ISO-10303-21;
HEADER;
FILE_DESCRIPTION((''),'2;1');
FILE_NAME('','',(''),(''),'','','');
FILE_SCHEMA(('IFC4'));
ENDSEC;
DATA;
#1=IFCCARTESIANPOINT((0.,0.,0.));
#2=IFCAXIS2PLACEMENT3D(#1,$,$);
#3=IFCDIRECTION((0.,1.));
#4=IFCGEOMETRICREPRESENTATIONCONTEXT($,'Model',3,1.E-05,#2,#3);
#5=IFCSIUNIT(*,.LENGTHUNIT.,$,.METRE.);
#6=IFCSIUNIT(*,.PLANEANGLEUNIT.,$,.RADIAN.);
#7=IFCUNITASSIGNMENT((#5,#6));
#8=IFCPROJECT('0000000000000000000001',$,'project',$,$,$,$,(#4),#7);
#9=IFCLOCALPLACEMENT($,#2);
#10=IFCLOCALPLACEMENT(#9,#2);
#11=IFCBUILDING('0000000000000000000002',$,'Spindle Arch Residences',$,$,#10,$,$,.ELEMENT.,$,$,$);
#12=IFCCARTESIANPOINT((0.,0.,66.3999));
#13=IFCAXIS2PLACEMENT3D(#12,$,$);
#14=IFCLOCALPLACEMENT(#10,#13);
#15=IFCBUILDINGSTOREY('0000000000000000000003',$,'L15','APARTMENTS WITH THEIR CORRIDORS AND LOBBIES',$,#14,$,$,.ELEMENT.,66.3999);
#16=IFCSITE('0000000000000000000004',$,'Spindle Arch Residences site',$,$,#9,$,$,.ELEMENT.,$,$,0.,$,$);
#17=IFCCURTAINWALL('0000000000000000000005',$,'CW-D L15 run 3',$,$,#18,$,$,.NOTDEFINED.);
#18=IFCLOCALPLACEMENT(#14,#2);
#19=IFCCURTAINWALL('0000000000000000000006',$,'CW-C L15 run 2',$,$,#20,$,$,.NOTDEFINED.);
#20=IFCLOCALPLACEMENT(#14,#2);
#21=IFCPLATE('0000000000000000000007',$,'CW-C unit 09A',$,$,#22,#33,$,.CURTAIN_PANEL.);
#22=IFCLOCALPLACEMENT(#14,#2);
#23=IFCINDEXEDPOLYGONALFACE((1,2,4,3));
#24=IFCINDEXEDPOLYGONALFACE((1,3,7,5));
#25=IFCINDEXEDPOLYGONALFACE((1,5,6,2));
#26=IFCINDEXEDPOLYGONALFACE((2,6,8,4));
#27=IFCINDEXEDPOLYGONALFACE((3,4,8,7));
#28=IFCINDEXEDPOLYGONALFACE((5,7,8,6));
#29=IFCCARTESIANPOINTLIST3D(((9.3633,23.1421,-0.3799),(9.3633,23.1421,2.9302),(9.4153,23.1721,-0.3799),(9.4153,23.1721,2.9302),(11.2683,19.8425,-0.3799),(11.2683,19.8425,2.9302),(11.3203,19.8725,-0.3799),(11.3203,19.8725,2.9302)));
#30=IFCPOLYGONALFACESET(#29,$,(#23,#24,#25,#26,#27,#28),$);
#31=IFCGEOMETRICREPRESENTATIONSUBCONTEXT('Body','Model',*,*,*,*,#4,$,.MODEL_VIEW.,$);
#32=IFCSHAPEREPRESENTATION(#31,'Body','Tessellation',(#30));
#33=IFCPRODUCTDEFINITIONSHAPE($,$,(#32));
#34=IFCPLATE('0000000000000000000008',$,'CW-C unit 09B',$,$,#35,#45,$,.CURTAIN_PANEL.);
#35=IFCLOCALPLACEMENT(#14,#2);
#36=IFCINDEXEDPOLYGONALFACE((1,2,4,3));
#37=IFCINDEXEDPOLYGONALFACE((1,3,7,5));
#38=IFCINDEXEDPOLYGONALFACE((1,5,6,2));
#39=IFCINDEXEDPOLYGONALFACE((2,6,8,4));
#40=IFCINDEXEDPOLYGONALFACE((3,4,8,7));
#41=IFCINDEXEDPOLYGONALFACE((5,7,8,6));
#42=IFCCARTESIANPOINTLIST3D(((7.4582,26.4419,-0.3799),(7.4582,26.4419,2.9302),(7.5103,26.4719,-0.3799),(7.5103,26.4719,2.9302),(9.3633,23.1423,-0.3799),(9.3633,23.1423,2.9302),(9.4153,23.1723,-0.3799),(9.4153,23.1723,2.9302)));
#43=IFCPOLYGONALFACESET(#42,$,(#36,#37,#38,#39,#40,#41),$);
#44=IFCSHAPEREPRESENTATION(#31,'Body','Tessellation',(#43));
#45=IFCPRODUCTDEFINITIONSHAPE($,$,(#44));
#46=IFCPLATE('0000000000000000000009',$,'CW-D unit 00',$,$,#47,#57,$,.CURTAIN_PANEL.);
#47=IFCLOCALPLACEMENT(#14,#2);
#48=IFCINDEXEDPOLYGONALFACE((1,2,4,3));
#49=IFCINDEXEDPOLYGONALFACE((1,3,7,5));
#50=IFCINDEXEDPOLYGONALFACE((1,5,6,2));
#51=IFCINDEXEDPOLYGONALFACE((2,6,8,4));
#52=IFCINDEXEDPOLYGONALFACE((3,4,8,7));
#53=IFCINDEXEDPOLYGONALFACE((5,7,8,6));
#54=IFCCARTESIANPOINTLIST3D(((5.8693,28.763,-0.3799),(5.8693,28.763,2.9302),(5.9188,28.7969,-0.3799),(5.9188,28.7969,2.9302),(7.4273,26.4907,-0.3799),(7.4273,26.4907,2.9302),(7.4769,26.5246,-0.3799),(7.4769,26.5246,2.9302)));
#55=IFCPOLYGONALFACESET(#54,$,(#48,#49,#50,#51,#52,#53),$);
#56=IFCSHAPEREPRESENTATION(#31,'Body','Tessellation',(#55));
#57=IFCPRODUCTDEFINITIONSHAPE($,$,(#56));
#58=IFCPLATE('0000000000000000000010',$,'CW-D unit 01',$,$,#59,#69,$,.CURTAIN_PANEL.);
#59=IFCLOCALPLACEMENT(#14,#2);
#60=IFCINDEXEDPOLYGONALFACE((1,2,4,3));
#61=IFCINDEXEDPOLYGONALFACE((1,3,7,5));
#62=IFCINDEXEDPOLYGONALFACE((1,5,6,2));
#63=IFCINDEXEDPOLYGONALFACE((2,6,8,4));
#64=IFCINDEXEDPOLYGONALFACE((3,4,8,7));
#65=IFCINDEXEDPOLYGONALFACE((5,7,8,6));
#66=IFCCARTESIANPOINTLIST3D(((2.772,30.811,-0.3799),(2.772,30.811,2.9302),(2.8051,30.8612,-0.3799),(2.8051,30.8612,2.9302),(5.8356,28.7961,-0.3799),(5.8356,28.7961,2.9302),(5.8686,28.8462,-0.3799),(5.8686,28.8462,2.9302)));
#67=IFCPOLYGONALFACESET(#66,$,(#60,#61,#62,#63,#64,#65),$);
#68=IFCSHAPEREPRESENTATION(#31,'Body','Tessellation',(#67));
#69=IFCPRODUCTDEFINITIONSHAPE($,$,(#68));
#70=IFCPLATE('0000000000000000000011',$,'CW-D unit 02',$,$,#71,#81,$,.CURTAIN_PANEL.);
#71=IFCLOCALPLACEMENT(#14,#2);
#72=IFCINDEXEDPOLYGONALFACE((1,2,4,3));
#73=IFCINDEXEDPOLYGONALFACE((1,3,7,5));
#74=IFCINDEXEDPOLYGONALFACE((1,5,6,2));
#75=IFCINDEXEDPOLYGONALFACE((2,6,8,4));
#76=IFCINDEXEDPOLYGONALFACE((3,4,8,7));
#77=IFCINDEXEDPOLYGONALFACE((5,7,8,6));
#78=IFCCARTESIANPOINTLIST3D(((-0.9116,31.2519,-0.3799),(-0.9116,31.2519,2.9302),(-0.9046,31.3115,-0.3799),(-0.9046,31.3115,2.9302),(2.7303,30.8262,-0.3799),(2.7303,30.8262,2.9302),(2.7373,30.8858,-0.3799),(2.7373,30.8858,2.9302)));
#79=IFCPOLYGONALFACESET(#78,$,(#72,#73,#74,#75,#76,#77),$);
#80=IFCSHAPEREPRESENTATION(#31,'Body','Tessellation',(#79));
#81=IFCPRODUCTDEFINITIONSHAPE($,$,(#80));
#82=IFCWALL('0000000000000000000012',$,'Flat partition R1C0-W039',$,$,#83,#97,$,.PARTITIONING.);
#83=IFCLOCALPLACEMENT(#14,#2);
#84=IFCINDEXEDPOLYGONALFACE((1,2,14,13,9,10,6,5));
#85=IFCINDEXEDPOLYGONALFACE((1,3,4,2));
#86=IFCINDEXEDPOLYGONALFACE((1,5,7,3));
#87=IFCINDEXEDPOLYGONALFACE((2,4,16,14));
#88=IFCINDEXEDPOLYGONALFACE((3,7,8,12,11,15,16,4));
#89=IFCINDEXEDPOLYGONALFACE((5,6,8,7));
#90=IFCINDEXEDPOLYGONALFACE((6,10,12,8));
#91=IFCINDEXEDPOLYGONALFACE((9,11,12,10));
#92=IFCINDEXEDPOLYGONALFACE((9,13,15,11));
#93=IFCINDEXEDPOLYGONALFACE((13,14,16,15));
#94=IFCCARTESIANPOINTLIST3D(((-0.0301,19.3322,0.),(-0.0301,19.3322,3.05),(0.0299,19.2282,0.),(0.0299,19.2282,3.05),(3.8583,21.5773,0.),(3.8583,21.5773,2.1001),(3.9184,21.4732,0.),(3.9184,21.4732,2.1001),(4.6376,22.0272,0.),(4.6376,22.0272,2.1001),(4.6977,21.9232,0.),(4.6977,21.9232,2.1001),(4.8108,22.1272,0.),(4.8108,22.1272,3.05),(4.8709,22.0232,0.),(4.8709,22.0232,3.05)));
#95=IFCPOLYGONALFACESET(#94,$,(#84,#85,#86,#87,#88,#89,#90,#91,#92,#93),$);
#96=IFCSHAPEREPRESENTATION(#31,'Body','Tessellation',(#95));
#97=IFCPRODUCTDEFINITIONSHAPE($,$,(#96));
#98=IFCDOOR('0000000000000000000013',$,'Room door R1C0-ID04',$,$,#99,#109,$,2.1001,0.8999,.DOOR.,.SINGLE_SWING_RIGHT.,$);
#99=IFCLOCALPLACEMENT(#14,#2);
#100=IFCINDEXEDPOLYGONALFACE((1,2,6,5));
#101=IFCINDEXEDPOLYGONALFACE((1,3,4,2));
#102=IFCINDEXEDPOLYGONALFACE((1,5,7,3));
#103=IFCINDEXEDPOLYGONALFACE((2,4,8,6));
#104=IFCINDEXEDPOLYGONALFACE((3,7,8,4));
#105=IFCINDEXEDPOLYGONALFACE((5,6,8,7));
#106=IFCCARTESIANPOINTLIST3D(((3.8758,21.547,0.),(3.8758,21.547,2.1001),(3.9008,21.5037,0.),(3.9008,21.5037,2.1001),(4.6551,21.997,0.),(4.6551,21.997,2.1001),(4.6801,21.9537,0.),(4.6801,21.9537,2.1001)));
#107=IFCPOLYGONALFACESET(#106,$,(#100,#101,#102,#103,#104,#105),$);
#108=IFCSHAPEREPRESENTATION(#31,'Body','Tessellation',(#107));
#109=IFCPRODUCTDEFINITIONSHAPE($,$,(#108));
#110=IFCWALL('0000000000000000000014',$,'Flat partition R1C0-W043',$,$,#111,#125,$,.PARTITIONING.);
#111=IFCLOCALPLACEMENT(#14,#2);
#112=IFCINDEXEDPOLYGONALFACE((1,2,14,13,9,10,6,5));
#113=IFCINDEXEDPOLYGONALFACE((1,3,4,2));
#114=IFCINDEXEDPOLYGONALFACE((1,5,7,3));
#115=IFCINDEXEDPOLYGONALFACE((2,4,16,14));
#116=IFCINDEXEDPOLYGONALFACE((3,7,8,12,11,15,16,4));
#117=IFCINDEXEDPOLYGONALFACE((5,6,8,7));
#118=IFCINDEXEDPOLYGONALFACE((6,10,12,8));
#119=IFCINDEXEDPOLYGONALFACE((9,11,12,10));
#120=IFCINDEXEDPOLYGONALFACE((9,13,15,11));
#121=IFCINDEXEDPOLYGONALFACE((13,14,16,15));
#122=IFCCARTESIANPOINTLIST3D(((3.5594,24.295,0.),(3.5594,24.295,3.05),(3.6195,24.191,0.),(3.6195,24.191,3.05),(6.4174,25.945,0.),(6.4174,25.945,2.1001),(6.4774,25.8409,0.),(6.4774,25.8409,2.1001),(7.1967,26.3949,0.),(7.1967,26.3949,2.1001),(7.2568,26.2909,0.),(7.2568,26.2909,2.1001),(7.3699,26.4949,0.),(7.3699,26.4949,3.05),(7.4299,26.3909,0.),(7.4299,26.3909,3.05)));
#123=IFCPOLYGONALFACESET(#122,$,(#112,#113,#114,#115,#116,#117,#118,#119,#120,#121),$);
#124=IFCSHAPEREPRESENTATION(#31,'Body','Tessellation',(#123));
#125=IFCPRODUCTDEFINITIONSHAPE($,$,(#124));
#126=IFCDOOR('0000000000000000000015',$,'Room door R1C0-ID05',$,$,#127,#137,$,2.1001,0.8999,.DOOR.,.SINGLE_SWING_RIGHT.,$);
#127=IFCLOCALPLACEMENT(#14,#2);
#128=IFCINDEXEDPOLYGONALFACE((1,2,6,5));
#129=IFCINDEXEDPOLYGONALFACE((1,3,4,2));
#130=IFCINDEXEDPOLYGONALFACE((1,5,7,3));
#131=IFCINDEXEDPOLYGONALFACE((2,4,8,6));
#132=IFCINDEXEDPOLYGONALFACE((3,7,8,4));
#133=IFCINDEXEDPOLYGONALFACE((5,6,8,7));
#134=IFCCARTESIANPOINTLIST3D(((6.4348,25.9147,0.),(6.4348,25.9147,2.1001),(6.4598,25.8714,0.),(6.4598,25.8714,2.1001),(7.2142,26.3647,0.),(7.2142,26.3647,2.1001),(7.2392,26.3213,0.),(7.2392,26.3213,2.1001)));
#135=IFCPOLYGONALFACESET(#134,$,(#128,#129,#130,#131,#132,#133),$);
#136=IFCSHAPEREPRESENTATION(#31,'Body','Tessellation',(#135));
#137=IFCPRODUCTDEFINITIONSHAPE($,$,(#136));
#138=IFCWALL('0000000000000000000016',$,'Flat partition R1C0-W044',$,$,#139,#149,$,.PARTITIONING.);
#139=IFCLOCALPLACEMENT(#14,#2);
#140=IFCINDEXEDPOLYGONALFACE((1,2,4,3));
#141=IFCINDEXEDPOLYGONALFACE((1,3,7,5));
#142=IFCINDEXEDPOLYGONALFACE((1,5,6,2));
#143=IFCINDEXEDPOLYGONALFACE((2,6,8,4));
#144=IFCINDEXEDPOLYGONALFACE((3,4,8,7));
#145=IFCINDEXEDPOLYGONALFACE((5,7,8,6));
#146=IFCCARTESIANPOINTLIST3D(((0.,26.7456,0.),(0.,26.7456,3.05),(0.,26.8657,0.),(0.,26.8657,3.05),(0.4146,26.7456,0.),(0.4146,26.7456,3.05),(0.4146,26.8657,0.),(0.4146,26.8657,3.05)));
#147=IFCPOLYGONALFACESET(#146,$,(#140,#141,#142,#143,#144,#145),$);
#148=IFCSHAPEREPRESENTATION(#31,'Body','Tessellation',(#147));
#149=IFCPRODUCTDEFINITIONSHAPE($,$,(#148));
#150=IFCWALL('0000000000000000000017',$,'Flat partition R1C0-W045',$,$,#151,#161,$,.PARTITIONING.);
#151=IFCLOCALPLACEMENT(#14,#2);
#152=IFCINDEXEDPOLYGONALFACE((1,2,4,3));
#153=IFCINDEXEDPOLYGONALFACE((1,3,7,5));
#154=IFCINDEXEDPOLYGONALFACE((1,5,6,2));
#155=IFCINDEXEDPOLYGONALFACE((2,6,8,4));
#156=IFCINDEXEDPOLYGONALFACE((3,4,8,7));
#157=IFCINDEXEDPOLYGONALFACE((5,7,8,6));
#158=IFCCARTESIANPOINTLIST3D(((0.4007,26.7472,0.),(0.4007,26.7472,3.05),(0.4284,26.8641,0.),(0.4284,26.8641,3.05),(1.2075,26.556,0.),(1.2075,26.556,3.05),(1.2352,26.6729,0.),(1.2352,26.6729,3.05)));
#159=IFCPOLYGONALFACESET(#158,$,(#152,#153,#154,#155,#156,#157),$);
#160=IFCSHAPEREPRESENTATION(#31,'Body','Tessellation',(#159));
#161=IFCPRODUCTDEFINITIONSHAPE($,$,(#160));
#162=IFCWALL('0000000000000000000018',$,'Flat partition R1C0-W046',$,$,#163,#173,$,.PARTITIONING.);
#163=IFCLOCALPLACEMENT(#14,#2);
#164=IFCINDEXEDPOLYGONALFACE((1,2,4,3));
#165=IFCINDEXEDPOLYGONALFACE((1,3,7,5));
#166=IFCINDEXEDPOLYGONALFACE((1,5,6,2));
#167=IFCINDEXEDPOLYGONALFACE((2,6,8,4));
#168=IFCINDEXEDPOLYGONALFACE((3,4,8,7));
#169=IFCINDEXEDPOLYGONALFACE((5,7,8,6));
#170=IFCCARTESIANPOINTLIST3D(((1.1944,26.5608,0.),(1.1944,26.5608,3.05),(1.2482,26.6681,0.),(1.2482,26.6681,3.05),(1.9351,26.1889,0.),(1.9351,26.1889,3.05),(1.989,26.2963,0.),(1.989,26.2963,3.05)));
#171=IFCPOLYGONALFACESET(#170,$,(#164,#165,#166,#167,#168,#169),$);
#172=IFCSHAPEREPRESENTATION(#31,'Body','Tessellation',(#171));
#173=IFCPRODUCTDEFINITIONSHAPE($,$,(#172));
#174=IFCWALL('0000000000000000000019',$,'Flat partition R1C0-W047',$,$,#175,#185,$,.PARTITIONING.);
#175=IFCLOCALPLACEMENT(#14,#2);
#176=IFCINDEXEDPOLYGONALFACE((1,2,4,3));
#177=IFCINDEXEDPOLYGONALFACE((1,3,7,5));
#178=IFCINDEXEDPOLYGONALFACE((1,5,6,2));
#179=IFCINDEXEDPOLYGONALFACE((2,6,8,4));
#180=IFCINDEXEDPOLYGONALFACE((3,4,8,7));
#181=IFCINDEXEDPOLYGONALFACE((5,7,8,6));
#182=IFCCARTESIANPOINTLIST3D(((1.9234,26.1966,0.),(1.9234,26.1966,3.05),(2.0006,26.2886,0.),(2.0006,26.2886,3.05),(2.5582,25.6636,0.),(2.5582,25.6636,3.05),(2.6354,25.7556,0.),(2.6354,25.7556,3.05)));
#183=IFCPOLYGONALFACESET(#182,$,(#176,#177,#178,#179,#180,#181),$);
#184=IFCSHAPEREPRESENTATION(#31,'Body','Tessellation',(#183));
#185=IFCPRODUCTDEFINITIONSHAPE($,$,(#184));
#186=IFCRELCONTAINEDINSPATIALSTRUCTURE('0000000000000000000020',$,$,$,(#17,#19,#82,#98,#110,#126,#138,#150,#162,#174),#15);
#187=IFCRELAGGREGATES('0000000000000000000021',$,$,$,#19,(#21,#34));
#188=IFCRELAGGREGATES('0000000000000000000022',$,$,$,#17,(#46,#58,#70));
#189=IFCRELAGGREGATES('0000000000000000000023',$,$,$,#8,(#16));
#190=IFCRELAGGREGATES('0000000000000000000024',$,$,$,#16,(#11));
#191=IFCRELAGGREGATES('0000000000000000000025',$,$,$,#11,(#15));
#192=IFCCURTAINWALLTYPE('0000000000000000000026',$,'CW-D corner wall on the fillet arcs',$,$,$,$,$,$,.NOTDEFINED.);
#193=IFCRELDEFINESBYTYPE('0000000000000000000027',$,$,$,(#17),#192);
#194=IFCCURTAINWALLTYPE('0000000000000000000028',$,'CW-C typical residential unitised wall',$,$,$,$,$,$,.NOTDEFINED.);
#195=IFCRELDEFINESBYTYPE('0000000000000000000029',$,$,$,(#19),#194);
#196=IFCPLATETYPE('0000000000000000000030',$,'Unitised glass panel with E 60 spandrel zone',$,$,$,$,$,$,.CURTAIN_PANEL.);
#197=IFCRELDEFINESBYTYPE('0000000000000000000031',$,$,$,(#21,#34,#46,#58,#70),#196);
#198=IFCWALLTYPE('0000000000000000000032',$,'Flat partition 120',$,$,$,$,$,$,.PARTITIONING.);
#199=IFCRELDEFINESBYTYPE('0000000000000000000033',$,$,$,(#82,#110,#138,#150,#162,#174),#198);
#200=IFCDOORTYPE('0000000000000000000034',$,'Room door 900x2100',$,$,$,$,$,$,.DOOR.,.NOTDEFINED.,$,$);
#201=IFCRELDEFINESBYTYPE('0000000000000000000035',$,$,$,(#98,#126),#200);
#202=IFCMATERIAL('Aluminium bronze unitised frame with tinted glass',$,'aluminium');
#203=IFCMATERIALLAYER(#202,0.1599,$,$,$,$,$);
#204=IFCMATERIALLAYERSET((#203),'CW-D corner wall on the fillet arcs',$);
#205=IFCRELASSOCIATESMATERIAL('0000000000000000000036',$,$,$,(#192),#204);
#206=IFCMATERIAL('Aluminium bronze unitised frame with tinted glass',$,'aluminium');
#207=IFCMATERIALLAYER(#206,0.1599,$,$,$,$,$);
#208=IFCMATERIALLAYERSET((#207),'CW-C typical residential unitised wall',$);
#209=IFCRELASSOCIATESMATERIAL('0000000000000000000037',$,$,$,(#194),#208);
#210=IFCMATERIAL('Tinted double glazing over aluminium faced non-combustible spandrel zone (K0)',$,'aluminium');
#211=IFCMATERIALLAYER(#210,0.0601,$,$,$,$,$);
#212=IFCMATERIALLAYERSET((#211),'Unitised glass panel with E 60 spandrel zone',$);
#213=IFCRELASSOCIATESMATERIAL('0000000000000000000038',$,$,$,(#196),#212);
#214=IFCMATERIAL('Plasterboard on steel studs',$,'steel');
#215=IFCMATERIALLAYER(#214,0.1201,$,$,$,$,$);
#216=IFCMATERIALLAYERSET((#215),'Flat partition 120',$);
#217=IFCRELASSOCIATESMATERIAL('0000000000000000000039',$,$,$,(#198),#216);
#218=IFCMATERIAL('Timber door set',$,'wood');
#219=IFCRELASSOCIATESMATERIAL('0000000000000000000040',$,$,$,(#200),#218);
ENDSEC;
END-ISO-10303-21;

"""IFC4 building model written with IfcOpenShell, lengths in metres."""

from ifc_helpers import new_model, si_unit, direction, frame, frame_2d, origin, origin_2d, place, context, subcontext, project, spatial, rectangle, extrude, material, layer, layer_set, type_object, element, fill, aggregate, save


model = new_model("IFC4")

# Units and contexts
model_context = context("Model", 3, precision=1e-05, world=origin(), true_north=direction((0.0, 1.0)))
body_context = subcontext(model_context, "Body", "Model", "MODEL_VIEW")
ifc_project = project(units=[si_unit("LENGTHUNIT", "METRE"), si_unit("PLANEANGLEUNIT", "RADIAN")], contexts=[model_context])

# Site, building, storey
site_placement = place(None, origin())
site = spatial("IfcSite", under=ifc_project, at=site_placement, Name="Spindle Arch Residences site", CompositionType="ELEMENT", RefElevation=0.0)
building_placement = place(site_placement, origin())
building = spatial("IfcBuilding", under=site, at=building_placement, Name="Spindle Arch Residences", CompositionType="ELEMENT")
storey_placement = place(building_placement, frame((0.0, 0.0, 66.3999)))
storey = spatial("IfcBuildingStorey", under=building, at=storey_placement, Name="L15", Description="APARTMENTS WITH THEIR CORRIDORS AND LOBBIES", CompositionType="ELEMENT", Elevation=66.3999)

# Curtain wall
ifc_material_1 = material(Name="Aluminium bronze unitised frame with tinted glass", Category="aluminium")
ifc_layer_1 = layer(ifc_material_1, 0.1599)
ifc_layer_set_1 = layer_set([ifc_layer_1], Name="CW-D corner wall on the fillet arcs")
curtain_wall_type_1 = type_object("IfcCurtainWallType", Name="CW-D corner wall on the fillet arcs", PredefinedType="NOTDEFINED", material=ifc_layer_set_1)
curtain_wall_1_placement = place(storey_placement, origin())
curtain_wall_1 = element("IfcCurtainWall", 1, at=curtain_wall_1_placement, inside=storey, type_object=curtain_wall_type_1, Name="CW-D L15 run 3", PredefinedType="NOTDEFINED")

# Curtain wall, plates
ifc_material_2 = material(Name="Aluminium bronze unitised frame with tinted glass", Category="aluminium")
ifc_layer_2 = layer(ifc_material_2, 0.1599)
ifc_layer_set_2 = layer_set([ifc_layer_2], Name="CW-C typical residential unitised wall")
curtain_wall_type_2 = type_object("IfcCurtainWallType", Name="CW-C typical residential unitised wall", PredefinedType="NOTDEFINED", material=ifc_layer_set_2)
curtain_wall_2_placement = place(storey_placement, origin())
curtain_wall_2 = element("IfcCurtainWall", 2, at=curtain_wall_2_placement, inside=storey, type_object=curtain_wall_type_2, Name="CW-C L15 run 2", PredefinedType="NOTDEFINED")
ifc_material_3 = material(Name="Tinted double glazing over aluminium faced non-combustible spandrel zone (K0)", Category="aluminium")
ifc_layer_3 = layer(ifc_material_3, 0.0601)
ifc_layer_set_3 = layer_set([ifc_layer_3], Name="Unitised glass panel with E 60 spandrel zone")
plate_type = type_object("IfcPlateType", Name="Unitised glass panel with E 60 spandrel zone", PredefinedType="CURTAIN_PANEL", material=ifc_layer_set_3)
plate_1_placement = place(storey_placement, frame((10.3418, 21.5073, -0.3799), z_axis=(0.0, 0.0, 1.0), x_axis=(-0.5, 0.866025, 0.0)))
plate_1 = element("IfcPlate", 3, at=plate_1_placement, type_object=plate_type, Name="CW-C unit 09A", PredefinedType="CURTAIN_PANEL", context=body_context, shape_type="SweptSolid", body=[
    extrude(rectangle(XDim=3.8101, YDim=0.0601, at=origin_2d()), origin(), (0.0, 0.0, 1.0), 3.3101),
])
plate_2_placement = place(storey_placement, frame((8.4368, 24.8071, -0.3799), z_axis=(0.0, 0.0, 1.0), x_axis=(-0.5, 0.866025, 0.0)))
plate_2 = element("IfcPlate", 4, at=plate_2_placement, type_object=plate_type, Name="CW-C unit 09B", PredefinedType="CURTAIN_PANEL", context=body_context, shape_type="SweptSolid", body=[
    extrude(rectangle(XDim=3.8101, YDim=0.0601, at=origin_2d()), origin(), (0.0, 0.0, 1.0), 3.3101),
])
aggregate(curtain_wall_2, [plate_1, plate_2])

# Plates
plate_3_placement = place(storey_placement, frame((6.6731, 27.6438, -0.3799), z_axis=(0.0, 0.0, 1.0), x_axis=(-0.565501, 0.824748, 0.0)))
plate_3 = element("IfcPlate", 5, at=plate_3_placement, type_object=plate_type, Name="CW-D unit 00", PredefinedType="CURTAIN_PANEL", context=body_context, shape_type="SweptSolid", body=[
    extrude(rectangle(XDim=2.7551, YDim=0.0601, at=origin_2d()), origin(), (0.0, 0.0, 1.0), 3.3101),
])
plate_4_placement = place(storey_placement, frame((4.3203, 29.8286, -0.3799), z_axis=(0.0, 0.0, 1.0), x_axis=(-0.835488, 0.549509, 0.0)))
plate_4 = element("IfcPlate", 6, at=plate_4_placement, type_object=plate_type, Name="CW-D unit 01", PredefinedType="CURTAIN_PANEL", context=body_context, shape_type="SweptSolid", body=[
    extrude(rectangle(XDim=3.6667, YDim=0.0601, at=origin_2d()), origin(), (0.0, 0.0, 1.0), 3.3101),
])
plate_5_placement = place(storey_placement, frame((0.9128, 31.0688, -0.3799), z_axis=(0.0, 0.0, 1.0), x_axis=(-0.993238, 0.116093, 0.0)))
plate_5 = element("IfcPlate", 7, at=plate_5_placement, type_object=plate_type, Name="CW-D unit 02", PredefinedType="CURTAIN_PANEL", context=body_context, shape_type="SweptSolid", body=[
    extrude(rectangle(XDim=3.6667, YDim=0.0601, at=origin_2d()), origin(), (0.0, 0.0, 1.0), 3.3101),
])
aggregate(curtain_wall_1, [plate_3, plate_4, plate_5])

# Walls, openings, doors
ifc_material_4 = material(Name="Plasterboard on steel studs", Category="steel")
ifc_layer_4 = layer(ifc_material_4, 0.1201)
ifc_layer_set_4 = layer_set([ifc_layer_4], Name="Flat partition 120")
wall_type_1 = type_object("IfcWallType", Name="Flat partition 120", PredefinedType="PARTITIONING", material=ifc_layer_set_4)
wall_1_placement = place(storey_placement, frame((4.8408, 22.0752, 0.0), z_axis=(0.0, 0.0, 1.0), x_axis=(-0.86602, -0.50001, 0.0)))
wall_1 = element("IfcWall", 8, at=wall_1_placement, inside=storey, type_object=wall_type_1, Name="Flat partition R1C0-W039", PredefinedType="PARTITIONING", context=body_context, shape_type="SweptSolid", body=[
    extrude(rectangle(XDim=5.5898, YDim=0.1201, at=frame_2d((2.7949, 0.0))), origin(), (0.0, 0.0, 1.0), 3.05),
])
opening_1_placement = place(wall_1_placement, frame((0.2, 0.0, 0.0)))
opening_1 = element("IfcOpeningElement", 9, at=opening_1_placement, cuts=wall_1, PredefinedType="OPENING", context=body_context, shape_type="SweptSolid", body=[
    extrude(rectangle(XDim=0.8999, YDim=2.1001, at=frame_2d((0.45, 1.05))), frame((0.0, 0.0701, 0.0), z_axis=(0.0, -1.0, 0.0), x_axis=(1.0, 0.0, 0.0)), (0.0, 0.0, 1.0), 0.1401),
])
ifc_material_5 = material(Name="Timber door set", Category="wood")
door_type = type_object("IfcDoorType", Name="Room door 900x2100", OperationType="NOTDEFINED", PredefinedType="DOOR", material=ifc_material_5)
door_1_placement = place(opening_1_placement, origin())
door_1 = element("IfcDoor", 10, at=door_1_placement, inside=storey, type_object=door_type, Name="Room door R1C0-ID04", OperationType="SINGLE_SWING_RIGHT", OverallHeight=2.1001, OverallWidth=0.8999, PredefinedType="DOOR", context=body_context, shape_type="SweptSolid", body=[
    extrude(rectangle(XDim=0.8999, YDim=2.1001, at=frame_2d((0.45, 1.05))), frame((0.0, 0.0249, 0.0), z_axis=(0.0, -1.0, 0.0), x_axis=(1.0, 0.0, 0.0)), (0.0, 0.0, 1.0), 0.05),
])
fill(opening_1, door_1)
wall_2_placement = place(storey_placement, frame((7.3999, 26.4429, 0.0), z_axis=(0.0, 0.0, 1.0), x_axis=(-0.866032, -0.499988, 0.0)))
wall_2 = element("IfcWall", 11, at=wall_2_placement, inside=storey, type_object=wall_type_1, Name="Flat partition R1C0-W043", PredefinedType="PARTITIONING", context=body_context, shape_type="SweptSolid", body=[
    extrude(rectangle(XDim=4.3999, YDim=0.1201, at=frame_2d((2.2, 0.0))), origin(), (0.0, 0.0, 1.0), 3.05),
])
opening_2_placement = place(wall_2_placement, frame((0.2, 0.0, 0.0)))
opening_2 = element("IfcOpeningElement", 12, at=opening_2_placement, cuts=wall_2, PredefinedType="OPENING", context=body_context, shape_type="SweptSolid", body=[
    extrude(rectangle(XDim=0.8999, YDim=2.1001, at=frame_2d((0.45, 1.05))), frame((0.0, 0.0701, 0.0), z_axis=(0.0, -1.0, 0.0), x_axis=(1.0, 0.0, 0.0)), (0.0, 0.0, 1.0), 0.1401),
])
door_2_placement = place(opening_2_placement, origin())
door_2 = element("IfcDoor", 13, at=door_2_placement, inside=storey, type_object=door_type, Name="Room door R1C0-ID05", OperationType="SINGLE_SWING_RIGHT", OverallHeight=2.1001, OverallWidth=0.8999, PredefinedType="DOOR", context=body_context, shape_type="SweptSolid", body=[
    extrude(rectangle(XDim=0.8999, YDim=2.1001, at=frame_2d((0.45, 1.05))), frame((0.0, 0.0249, 0.0), z_axis=(0.0, -1.0, 0.0), x_axis=(1.0, 0.0, 0.0)), (0.0, 0.0, 1.0), 0.05),
])
fill(opening_2, door_2)

# Walls
wall_3_placement = place(storey_placement, frame((0.0, 26.8057, 0.0), z_axis=(0.0, 0.0, 1.0), x_axis=(1.0, 0.0, 0.0)))
element("IfcWall", 14, at=wall_3_placement, inside=storey, type_object=wall_type_1, Name="Flat partition R1C0-W044", PredefinedType="PARTITIONING", context=body_context, shape_type="SweptSolid", body=[
    extrude(rectangle(XDim=0.4146, YDim=0.1201, at=frame_2d((0.2073, 0.0))), origin(), (0.0, 0.0, 1.0), 3.05),
])
wall_4_placement = place(storey_placement, frame((0.4146, 26.8057, 0.0), z_axis=(0.0, 0.0, 1.0), x_axis=(0.973049, -0.230598, 0.0)))
element("IfcWall", 15, at=wall_4_placement, inside=storey, type_object=wall_type_1, Name="Flat partition R1C0-W045", PredefinedType="PARTITIONING", context=body_context, shape_type="SweptSolid", body=[
    extrude(rectangle(XDim=0.8291, YDim=0.1201, at=frame_2d((0.4146, 0.0))), origin(), (0.0, 0.0, 1.0), 3.05),
])
for number, where, z_axis, x_axis, name in (
    (16, (1.2212, 26.6145, 0.0), (0.0, 0.0, 1.0), (0.893719, -0.448627, 0.0), "Flat partition R1C0-W046"),
    (17, (1.9619, 26.2427, 0.0), (0.0, 0.0, 1.0), (0.76585, -0.643019, 0.0), "Flat partition R1C0-W047"),
):
    element("IfcWall", number, at=place(storey_placement, frame(where, z_axis=z_axis, x_axis=x_axis)), inside=storey, type_object=wall_type_1, Name=name, PredefinedType="PARTITIONING", context=body_context, shape_type="SweptSolid", body=[
        extrude(rectangle(XDim=0.8289, YDim=0.1201, at=frame_2d((0.4146, 0.0))), origin(), (0.0, 0.0, 1.0), 3.05),
    ])

save(model, "model.ifc")
